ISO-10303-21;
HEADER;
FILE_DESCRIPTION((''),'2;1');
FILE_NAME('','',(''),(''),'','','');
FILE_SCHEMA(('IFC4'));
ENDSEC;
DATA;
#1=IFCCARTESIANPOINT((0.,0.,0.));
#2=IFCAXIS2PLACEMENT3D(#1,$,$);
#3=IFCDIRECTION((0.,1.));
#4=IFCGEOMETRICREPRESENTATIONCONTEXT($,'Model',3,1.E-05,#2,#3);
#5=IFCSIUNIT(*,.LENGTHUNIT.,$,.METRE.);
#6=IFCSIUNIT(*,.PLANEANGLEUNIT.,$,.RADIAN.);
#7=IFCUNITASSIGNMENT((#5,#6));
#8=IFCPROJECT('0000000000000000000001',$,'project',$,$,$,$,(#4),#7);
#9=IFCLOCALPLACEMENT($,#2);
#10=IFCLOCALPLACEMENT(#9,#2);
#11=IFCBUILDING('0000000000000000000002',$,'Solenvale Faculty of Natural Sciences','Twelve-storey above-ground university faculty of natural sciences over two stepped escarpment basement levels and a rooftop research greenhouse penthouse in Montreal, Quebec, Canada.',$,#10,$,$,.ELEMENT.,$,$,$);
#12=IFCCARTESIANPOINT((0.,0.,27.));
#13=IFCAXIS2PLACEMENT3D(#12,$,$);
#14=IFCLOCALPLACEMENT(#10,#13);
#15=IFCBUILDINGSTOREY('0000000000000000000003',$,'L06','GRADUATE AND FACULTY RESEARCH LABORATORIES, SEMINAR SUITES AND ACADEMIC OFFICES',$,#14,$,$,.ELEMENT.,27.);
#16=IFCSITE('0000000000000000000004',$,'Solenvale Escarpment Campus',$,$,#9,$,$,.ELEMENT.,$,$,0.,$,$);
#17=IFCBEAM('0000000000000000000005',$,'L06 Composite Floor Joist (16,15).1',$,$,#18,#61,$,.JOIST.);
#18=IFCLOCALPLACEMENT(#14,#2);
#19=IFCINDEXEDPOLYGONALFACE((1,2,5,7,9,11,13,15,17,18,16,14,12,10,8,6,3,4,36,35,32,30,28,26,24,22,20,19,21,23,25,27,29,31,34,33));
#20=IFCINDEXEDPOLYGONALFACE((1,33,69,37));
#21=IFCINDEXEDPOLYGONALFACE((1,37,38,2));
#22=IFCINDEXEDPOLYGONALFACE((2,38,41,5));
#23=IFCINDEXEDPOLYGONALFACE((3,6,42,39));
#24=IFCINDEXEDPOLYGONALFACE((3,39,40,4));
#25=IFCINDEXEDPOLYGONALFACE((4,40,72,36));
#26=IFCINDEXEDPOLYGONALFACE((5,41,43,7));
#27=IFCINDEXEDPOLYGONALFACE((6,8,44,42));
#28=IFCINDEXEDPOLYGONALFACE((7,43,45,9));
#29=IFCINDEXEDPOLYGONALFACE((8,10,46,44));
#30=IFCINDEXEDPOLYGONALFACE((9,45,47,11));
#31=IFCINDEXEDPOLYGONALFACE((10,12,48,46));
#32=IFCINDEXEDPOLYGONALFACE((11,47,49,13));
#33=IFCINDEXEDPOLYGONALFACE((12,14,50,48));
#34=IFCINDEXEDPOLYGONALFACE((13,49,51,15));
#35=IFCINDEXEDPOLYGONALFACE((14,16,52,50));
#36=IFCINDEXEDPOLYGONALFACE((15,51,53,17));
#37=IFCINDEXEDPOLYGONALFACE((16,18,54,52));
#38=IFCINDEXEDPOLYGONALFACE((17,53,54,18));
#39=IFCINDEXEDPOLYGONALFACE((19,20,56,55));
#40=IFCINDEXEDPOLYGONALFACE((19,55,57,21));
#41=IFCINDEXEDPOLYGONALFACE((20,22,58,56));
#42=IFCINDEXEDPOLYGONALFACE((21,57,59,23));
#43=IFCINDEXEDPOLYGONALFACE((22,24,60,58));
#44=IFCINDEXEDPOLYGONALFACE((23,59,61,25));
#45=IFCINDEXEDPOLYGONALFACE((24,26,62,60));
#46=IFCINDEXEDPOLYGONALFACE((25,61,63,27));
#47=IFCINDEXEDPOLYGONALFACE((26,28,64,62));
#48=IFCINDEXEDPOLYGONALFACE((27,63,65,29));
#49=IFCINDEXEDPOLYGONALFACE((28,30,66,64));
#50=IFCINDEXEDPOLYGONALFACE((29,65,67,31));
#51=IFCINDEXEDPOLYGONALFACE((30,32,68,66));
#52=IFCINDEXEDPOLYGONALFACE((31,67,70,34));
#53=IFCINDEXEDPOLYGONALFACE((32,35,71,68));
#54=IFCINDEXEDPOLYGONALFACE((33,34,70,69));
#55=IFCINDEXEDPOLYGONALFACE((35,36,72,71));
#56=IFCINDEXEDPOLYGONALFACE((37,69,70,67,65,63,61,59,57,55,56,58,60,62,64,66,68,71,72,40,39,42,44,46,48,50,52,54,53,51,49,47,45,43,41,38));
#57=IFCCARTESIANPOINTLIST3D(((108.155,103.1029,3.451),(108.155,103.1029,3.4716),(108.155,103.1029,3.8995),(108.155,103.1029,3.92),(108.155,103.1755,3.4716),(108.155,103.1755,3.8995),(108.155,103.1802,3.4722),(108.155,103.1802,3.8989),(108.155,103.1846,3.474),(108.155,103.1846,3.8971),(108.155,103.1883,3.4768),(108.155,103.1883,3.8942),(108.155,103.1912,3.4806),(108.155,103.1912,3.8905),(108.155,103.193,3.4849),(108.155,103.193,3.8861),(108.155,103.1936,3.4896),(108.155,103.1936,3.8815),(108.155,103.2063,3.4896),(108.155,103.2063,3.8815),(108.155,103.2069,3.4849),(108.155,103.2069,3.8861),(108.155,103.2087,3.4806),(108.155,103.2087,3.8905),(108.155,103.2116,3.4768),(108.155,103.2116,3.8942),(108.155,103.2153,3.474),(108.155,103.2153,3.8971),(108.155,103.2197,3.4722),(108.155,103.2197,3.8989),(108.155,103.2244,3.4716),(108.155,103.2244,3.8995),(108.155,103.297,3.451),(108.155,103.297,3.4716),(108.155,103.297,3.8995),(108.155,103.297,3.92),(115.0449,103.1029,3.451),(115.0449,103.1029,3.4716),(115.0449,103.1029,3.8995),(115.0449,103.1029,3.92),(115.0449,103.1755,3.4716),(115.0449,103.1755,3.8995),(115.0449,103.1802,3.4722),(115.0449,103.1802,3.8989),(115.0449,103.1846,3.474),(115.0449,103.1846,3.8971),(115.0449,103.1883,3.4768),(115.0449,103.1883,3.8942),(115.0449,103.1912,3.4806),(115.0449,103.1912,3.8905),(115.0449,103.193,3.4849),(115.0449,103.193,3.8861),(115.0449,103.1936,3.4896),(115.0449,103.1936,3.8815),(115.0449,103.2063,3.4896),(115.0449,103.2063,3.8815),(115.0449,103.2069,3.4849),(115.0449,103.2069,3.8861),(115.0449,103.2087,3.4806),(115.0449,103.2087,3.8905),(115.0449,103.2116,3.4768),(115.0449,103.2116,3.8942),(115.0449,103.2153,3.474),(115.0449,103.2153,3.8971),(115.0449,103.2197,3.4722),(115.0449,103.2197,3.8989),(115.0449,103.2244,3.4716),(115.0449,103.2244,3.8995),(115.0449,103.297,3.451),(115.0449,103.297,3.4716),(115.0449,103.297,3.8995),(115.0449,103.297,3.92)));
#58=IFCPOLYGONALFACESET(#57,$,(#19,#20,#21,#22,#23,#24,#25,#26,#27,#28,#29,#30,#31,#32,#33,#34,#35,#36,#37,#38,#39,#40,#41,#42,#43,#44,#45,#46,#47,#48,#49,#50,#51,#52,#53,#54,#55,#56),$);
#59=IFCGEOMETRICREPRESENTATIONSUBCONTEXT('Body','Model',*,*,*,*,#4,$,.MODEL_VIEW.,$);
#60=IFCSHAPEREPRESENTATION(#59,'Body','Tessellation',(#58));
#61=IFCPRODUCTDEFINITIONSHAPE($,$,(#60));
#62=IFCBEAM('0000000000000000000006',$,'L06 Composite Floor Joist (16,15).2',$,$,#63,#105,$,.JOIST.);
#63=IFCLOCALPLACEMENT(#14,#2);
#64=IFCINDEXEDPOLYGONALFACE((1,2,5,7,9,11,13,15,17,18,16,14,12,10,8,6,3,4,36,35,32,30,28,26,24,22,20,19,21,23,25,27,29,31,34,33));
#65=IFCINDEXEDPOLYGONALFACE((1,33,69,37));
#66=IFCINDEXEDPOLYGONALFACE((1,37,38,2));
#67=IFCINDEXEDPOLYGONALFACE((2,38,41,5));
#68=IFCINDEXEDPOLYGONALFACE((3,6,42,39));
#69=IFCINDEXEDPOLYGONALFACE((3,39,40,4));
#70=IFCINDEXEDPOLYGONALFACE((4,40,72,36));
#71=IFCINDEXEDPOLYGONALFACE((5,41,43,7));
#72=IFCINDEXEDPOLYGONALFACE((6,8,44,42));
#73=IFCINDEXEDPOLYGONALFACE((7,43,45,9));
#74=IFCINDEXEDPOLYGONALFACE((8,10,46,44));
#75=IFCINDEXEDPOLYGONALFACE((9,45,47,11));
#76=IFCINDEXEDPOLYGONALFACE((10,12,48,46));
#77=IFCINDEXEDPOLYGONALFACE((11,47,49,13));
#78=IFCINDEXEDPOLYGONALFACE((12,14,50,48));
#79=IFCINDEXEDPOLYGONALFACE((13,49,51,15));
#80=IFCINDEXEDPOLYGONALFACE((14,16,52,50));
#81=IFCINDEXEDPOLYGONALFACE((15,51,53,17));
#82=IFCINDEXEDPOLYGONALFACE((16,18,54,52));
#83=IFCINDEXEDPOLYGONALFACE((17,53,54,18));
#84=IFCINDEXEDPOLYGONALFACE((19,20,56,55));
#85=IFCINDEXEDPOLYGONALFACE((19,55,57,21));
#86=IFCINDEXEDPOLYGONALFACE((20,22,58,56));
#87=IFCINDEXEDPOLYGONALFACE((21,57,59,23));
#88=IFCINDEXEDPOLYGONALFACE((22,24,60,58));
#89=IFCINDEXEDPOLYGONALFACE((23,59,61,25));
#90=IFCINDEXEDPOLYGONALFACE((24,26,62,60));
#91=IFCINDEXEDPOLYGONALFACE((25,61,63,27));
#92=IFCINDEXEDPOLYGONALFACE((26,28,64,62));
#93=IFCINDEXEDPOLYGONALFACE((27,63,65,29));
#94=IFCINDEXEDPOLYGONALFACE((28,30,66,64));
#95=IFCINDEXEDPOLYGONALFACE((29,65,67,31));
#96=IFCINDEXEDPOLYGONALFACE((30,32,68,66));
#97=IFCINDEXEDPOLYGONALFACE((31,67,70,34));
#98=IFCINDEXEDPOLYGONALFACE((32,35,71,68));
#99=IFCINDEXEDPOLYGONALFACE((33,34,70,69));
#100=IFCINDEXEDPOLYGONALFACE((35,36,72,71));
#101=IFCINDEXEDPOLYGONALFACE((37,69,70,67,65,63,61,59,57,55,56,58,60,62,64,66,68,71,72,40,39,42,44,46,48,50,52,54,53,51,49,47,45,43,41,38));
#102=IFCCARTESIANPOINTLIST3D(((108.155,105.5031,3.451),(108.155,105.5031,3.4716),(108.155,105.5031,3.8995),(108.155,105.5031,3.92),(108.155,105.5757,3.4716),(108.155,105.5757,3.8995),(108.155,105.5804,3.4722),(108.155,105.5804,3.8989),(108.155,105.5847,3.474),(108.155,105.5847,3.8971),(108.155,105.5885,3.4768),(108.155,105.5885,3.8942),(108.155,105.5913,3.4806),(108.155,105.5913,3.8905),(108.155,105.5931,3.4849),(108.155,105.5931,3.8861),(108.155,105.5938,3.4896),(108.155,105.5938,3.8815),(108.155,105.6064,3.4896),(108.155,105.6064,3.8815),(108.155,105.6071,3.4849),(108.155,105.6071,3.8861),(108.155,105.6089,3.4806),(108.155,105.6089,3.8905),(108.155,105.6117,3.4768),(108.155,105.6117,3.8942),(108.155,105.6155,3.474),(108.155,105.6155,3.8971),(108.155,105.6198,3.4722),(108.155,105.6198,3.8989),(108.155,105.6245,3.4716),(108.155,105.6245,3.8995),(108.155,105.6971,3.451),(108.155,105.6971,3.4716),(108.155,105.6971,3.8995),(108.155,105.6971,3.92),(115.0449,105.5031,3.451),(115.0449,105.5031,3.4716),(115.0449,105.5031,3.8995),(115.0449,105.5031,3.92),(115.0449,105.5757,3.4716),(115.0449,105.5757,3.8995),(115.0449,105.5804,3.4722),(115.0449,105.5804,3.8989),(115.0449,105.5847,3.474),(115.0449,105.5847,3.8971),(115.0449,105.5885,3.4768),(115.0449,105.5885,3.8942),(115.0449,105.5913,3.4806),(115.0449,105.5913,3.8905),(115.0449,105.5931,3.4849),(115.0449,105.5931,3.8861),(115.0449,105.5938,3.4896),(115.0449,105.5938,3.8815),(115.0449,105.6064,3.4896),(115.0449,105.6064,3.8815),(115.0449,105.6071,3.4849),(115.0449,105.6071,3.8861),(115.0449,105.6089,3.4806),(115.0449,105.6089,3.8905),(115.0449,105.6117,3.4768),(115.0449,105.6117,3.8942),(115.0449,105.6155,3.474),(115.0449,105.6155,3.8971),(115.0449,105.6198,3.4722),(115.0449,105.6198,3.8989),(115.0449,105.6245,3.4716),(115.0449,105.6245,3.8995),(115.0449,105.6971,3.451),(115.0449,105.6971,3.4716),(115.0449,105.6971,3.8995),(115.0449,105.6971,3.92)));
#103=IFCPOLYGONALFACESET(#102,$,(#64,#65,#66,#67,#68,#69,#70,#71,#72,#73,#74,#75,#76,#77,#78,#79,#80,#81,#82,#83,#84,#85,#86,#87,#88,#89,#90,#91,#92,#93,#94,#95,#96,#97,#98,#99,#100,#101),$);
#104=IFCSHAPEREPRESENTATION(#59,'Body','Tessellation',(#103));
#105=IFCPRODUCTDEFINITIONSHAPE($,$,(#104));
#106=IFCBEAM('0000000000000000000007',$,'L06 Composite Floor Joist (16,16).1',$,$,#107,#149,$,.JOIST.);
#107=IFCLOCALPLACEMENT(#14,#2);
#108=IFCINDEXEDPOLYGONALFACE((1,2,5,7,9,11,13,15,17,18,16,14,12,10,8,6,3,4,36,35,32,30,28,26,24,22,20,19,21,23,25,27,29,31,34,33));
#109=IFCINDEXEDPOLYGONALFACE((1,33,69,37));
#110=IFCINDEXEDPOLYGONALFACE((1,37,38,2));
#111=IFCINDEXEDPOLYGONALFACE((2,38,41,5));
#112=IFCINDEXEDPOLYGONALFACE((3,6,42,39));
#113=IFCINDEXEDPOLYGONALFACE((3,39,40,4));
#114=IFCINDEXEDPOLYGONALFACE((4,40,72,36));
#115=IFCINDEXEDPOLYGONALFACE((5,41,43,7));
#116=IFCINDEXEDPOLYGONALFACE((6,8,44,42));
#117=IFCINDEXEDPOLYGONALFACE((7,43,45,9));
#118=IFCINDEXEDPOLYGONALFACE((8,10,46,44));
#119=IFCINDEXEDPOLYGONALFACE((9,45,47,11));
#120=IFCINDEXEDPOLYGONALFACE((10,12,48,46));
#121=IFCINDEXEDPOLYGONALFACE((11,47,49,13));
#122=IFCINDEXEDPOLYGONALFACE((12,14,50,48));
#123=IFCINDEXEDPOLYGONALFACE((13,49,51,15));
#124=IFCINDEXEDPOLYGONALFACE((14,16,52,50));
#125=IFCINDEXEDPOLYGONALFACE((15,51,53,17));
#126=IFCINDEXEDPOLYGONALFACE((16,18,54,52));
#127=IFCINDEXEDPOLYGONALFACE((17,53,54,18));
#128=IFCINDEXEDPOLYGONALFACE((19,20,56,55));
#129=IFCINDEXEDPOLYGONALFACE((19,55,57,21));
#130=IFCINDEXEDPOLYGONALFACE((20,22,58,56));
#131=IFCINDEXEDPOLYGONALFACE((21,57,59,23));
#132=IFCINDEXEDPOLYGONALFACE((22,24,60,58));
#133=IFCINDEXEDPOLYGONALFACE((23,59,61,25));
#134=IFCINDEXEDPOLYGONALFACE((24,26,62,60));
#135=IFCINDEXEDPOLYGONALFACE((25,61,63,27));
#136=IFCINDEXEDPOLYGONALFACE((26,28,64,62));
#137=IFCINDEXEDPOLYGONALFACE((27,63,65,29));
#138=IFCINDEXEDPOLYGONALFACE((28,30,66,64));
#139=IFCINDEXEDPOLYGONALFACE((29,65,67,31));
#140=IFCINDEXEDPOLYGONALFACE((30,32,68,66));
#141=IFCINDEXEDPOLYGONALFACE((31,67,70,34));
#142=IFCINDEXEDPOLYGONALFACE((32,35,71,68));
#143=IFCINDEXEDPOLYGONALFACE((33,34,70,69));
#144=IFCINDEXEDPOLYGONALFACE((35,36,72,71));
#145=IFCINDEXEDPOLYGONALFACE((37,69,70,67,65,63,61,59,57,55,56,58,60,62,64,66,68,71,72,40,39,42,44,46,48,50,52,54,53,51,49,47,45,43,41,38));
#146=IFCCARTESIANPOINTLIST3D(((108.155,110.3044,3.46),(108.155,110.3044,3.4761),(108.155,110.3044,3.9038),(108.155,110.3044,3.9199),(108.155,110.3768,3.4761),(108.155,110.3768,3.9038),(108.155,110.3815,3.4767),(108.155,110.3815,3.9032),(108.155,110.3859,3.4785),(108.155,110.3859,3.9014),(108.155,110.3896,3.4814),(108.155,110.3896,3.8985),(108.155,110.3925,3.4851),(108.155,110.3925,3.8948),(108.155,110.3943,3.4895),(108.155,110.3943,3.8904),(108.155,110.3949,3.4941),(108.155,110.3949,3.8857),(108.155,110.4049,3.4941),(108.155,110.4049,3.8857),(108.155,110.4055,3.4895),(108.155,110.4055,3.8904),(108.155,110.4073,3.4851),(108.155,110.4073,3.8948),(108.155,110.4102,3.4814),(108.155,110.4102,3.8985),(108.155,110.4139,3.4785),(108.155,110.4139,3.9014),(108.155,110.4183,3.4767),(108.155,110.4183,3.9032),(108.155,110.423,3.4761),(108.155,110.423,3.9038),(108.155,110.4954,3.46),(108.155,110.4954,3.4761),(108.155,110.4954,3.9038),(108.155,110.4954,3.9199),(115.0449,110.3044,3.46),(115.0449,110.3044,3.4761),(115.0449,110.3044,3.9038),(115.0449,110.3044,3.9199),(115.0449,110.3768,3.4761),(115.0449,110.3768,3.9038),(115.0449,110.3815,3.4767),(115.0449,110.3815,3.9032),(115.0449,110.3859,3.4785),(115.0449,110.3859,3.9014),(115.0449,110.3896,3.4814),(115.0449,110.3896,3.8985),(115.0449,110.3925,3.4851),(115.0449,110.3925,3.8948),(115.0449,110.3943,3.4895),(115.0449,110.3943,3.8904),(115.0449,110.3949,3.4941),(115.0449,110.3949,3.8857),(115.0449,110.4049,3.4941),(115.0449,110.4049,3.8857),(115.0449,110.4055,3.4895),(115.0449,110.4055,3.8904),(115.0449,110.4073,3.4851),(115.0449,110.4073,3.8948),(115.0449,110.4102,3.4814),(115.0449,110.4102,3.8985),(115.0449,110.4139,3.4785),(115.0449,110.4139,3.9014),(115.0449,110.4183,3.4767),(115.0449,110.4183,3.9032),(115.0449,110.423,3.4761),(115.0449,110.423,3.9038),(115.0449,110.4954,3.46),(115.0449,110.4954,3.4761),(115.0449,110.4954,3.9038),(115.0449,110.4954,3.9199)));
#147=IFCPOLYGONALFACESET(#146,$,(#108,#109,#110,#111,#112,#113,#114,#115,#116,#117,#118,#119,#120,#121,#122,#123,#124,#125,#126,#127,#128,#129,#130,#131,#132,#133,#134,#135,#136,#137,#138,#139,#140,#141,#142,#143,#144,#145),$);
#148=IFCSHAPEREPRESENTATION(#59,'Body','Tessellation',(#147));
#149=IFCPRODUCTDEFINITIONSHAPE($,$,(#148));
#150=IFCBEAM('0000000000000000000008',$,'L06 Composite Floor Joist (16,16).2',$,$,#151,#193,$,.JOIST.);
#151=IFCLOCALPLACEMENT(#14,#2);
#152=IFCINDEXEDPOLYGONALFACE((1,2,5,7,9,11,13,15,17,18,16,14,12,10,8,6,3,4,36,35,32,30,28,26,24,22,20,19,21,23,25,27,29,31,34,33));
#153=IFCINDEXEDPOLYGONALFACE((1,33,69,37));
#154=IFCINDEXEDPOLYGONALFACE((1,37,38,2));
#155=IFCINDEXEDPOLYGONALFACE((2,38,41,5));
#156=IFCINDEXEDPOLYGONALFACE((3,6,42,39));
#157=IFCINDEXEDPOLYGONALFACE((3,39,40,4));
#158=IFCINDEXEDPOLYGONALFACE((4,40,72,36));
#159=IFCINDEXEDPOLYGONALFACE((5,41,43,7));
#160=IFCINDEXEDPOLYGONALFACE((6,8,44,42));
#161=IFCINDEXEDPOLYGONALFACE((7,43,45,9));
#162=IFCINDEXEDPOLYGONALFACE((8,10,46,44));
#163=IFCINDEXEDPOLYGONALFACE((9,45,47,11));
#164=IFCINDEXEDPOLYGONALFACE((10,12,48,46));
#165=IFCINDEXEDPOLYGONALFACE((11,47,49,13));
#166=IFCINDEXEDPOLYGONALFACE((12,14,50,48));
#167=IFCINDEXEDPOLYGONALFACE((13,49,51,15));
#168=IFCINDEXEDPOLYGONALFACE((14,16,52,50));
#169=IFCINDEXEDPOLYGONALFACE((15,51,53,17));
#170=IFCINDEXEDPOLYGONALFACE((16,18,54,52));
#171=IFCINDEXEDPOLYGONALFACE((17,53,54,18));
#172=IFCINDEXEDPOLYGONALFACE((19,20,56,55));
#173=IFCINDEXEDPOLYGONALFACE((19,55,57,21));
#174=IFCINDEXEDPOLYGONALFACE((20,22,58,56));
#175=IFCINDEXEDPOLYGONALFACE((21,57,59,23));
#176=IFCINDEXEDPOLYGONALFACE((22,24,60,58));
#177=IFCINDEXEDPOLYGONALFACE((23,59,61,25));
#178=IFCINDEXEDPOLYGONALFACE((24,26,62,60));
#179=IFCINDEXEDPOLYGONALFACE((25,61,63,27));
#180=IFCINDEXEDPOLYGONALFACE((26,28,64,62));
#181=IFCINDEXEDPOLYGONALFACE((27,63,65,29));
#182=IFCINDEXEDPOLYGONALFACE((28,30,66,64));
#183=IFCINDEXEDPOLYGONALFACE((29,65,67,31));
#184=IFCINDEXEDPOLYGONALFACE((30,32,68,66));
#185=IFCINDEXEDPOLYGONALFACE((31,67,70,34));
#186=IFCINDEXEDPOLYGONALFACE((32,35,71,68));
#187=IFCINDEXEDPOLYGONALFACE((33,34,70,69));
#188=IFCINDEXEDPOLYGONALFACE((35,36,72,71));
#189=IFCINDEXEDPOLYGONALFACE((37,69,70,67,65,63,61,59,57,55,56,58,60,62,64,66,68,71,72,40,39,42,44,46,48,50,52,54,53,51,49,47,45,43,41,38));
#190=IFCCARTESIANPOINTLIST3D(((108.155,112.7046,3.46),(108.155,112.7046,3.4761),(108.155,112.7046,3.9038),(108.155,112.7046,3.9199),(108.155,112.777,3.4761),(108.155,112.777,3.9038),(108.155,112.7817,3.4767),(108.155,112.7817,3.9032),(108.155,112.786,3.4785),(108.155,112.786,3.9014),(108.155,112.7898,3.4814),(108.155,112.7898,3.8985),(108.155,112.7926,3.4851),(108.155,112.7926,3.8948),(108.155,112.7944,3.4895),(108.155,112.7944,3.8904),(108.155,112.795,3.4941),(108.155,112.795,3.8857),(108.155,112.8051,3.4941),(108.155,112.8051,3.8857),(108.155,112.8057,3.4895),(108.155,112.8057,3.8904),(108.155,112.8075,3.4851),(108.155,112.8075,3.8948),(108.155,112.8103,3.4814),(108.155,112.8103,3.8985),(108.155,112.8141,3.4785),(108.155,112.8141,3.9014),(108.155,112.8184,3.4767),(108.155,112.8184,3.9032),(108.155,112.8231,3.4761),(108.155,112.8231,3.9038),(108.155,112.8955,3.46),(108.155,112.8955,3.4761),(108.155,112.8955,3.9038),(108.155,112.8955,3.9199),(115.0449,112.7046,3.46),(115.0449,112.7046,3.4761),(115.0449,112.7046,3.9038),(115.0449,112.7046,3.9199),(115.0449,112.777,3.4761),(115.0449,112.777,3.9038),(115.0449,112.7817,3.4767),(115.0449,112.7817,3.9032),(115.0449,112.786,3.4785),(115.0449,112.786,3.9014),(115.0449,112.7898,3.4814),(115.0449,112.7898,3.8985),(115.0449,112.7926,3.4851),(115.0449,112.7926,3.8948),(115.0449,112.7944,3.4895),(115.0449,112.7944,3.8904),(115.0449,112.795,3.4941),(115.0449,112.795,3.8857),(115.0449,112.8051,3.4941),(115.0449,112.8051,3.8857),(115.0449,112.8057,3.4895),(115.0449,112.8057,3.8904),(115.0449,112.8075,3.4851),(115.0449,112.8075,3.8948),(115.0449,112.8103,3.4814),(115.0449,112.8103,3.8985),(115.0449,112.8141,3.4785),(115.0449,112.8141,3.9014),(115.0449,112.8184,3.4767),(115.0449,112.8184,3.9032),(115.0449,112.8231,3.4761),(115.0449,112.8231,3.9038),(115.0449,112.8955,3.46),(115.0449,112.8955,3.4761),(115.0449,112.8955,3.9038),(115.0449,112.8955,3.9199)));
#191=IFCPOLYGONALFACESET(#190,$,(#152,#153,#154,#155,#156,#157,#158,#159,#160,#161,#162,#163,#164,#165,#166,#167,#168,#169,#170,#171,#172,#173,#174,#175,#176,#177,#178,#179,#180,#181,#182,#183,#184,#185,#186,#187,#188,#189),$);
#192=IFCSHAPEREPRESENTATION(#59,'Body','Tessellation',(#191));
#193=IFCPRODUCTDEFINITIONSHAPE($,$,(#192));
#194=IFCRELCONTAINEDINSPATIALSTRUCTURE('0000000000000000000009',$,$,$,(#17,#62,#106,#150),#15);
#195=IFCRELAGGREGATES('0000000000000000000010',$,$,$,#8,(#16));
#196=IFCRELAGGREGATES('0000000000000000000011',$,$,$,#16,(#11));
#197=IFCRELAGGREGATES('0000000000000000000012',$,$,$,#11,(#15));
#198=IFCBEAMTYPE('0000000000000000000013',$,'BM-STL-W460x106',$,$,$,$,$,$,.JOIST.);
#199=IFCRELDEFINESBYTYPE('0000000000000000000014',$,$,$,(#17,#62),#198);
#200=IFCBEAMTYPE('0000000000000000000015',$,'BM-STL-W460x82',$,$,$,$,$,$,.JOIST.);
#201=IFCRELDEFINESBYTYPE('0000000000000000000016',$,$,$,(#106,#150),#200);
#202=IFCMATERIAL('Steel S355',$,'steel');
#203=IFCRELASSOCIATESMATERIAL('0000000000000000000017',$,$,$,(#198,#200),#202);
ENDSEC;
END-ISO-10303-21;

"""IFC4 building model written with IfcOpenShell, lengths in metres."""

from ifc_helpers import new_model, si_unit, direction, frame, origin, origin_2d, place, context, subcontext, project, spatial, i_section, extrude, material, material_profile, profile_set, type_object, element, save


model = new_model("IFC4")

# Units and contexts
model_context = context("Model", 3, precision=1e-05, world=origin(), true_north=direction((0.0, 1.0)))
body_context = subcontext(model_context, "Body", "Model", "MODEL_VIEW")
ifc_project = project(units=[si_unit("LENGTHUNIT", "METRE"), si_unit("PLANEANGLEUNIT", "RADIAN")], contexts=[model_context])

# Site, building, storey
site_placement = place(None, origin())
site = spatial("IfcSite", under=ifc_project, at=site_placement, Name="Solenvale Escarpment Campus", CompositionType="ELEMENT", RefElevation=0.0)
building_placement = place(site_placement, origin())
building = spatial("IfcBuilding", under=site, at=building_placement, Name="Solenvale Faculty of Natural Sciences", Description="Twelve-storey above-ground university faculty of natural sciences over two stepped escarpment basement levels and a rooftop research greenhouse penthouse in Montreal, Quebec, Canada.", CompositionType="ELEMENT")
storey_placement = place(building_placement, frame((0.0, 0.0, 27.0)))
storey = spatial("IfcBuildingStorey", under=building, at=storey_placement, Name="L06", Description="GRADUATE AND FACULTY RESEARCH LABORATORIES, SEMINAR SUITES AND ACADEMIC OFFICES", CompositionType="ELEMENT", Elevation=27.0)

# Beams
ifc_material_1 = material(Name="Steel S355", Category="steel")
ifc_material_profile_1 = material_profile(ifc_material_1, i_section(OverallWidth=0.1941, OverallDepth=0.469, WebThickness=0.0127, FlangeThickness=0.0205, FilletRadius=0.0181, at=origin_2d()), Name="W460x106")
ifc_profile_set_1 = profile_set([ifc_material_profile_1], Name="Steel S355")
beam_type_1 = type_object("IfcBeamType", Name="BM-STL-W460x106", PredefinedType="JOIST", material=ifc_profile_set_1)
for number, where, z_axis, x_axis, name in (
    (1, (108.155, 103.2, 3.6855), (1.0, 0.0, 0.0), (0.0, 1.0, 0.0), "L06 Composite Floor Joist (16,15).1"),
    (2, (108.155, 105.6001, 3.6855), (1.0, 0.0, 0.0), (0.0, 1.0, 0.0), "L06 Composite Floor Joist (16,15).2"),
):
    element("IfcBeam", number, at=place(storey_placement, frame(where, z_axis=z_axis, x_axis=x_axis)), inside=storey, type_object=beam_type_1, Name=name, PredefinedType="JOIST", context=body_context, shape_type="SweptSolid", body=[
        extrude(i_section(OverallWidth=0.1941, OverallDepth=0.469, WebThickness=0.0127, FlangeThickness=0.0205, FilletRadius=0.0181, at=origin_2d()), origin(), (0.0, 0.0, 1.0), 6.8899),
    ])
ifc_material_profile_2 = material_profile(ifc_material_1, i_section(OverallWidth=0.1909, OverallDepth=0.46, WebThickness=0.01, FlangeThickness=0.0161, FilletRadius=0.0181, at=origin_2d()), Name="W460x82")
ifc_profile_set_2 = profile_set([ifc_material_profile_2], Name="Steel S355")
beam_type_2 = type_object("IfcBeamType", Name="BM-STL-W460x82", PredefinedType="JOIST", material=ifc_profile_set_2)
for number, where, z_axis, x_axis, name in (
    (3, (108.155, 110.3999, 3.6899), (1.0, 0.0, 0.0), (0.0, 1.0, 0.0), "L06 Composite Floor Joist (16,16).1"),
    (4, (108.155, 112.8, 3.6899), (1.0, 0.0, 0.0), (0.0, 1.0, 0.0), "L06 Composite Floor Joist (16,16).2"),
):
    element("IfcBeam", number, at=place(storey_placement, frame(where, z_axis=z_axis, x_axis=x_axis)), inside=storey, type_object=beam_type_2, Name=name, PredefinedType="JOIST", context=body_context, shape_type="SweptSolid", body=[
        extrude(i_section(OverallWidth=0.1909, OverallDepth=0.46, WebThickness=0.01, FlangeThickness=0.0161, FilletRadius=0.0181, at=origin_2d()), origin(), (0.0, 0.0, 1.0), 6.8899),
    ])

save(model, "model.ifc")
